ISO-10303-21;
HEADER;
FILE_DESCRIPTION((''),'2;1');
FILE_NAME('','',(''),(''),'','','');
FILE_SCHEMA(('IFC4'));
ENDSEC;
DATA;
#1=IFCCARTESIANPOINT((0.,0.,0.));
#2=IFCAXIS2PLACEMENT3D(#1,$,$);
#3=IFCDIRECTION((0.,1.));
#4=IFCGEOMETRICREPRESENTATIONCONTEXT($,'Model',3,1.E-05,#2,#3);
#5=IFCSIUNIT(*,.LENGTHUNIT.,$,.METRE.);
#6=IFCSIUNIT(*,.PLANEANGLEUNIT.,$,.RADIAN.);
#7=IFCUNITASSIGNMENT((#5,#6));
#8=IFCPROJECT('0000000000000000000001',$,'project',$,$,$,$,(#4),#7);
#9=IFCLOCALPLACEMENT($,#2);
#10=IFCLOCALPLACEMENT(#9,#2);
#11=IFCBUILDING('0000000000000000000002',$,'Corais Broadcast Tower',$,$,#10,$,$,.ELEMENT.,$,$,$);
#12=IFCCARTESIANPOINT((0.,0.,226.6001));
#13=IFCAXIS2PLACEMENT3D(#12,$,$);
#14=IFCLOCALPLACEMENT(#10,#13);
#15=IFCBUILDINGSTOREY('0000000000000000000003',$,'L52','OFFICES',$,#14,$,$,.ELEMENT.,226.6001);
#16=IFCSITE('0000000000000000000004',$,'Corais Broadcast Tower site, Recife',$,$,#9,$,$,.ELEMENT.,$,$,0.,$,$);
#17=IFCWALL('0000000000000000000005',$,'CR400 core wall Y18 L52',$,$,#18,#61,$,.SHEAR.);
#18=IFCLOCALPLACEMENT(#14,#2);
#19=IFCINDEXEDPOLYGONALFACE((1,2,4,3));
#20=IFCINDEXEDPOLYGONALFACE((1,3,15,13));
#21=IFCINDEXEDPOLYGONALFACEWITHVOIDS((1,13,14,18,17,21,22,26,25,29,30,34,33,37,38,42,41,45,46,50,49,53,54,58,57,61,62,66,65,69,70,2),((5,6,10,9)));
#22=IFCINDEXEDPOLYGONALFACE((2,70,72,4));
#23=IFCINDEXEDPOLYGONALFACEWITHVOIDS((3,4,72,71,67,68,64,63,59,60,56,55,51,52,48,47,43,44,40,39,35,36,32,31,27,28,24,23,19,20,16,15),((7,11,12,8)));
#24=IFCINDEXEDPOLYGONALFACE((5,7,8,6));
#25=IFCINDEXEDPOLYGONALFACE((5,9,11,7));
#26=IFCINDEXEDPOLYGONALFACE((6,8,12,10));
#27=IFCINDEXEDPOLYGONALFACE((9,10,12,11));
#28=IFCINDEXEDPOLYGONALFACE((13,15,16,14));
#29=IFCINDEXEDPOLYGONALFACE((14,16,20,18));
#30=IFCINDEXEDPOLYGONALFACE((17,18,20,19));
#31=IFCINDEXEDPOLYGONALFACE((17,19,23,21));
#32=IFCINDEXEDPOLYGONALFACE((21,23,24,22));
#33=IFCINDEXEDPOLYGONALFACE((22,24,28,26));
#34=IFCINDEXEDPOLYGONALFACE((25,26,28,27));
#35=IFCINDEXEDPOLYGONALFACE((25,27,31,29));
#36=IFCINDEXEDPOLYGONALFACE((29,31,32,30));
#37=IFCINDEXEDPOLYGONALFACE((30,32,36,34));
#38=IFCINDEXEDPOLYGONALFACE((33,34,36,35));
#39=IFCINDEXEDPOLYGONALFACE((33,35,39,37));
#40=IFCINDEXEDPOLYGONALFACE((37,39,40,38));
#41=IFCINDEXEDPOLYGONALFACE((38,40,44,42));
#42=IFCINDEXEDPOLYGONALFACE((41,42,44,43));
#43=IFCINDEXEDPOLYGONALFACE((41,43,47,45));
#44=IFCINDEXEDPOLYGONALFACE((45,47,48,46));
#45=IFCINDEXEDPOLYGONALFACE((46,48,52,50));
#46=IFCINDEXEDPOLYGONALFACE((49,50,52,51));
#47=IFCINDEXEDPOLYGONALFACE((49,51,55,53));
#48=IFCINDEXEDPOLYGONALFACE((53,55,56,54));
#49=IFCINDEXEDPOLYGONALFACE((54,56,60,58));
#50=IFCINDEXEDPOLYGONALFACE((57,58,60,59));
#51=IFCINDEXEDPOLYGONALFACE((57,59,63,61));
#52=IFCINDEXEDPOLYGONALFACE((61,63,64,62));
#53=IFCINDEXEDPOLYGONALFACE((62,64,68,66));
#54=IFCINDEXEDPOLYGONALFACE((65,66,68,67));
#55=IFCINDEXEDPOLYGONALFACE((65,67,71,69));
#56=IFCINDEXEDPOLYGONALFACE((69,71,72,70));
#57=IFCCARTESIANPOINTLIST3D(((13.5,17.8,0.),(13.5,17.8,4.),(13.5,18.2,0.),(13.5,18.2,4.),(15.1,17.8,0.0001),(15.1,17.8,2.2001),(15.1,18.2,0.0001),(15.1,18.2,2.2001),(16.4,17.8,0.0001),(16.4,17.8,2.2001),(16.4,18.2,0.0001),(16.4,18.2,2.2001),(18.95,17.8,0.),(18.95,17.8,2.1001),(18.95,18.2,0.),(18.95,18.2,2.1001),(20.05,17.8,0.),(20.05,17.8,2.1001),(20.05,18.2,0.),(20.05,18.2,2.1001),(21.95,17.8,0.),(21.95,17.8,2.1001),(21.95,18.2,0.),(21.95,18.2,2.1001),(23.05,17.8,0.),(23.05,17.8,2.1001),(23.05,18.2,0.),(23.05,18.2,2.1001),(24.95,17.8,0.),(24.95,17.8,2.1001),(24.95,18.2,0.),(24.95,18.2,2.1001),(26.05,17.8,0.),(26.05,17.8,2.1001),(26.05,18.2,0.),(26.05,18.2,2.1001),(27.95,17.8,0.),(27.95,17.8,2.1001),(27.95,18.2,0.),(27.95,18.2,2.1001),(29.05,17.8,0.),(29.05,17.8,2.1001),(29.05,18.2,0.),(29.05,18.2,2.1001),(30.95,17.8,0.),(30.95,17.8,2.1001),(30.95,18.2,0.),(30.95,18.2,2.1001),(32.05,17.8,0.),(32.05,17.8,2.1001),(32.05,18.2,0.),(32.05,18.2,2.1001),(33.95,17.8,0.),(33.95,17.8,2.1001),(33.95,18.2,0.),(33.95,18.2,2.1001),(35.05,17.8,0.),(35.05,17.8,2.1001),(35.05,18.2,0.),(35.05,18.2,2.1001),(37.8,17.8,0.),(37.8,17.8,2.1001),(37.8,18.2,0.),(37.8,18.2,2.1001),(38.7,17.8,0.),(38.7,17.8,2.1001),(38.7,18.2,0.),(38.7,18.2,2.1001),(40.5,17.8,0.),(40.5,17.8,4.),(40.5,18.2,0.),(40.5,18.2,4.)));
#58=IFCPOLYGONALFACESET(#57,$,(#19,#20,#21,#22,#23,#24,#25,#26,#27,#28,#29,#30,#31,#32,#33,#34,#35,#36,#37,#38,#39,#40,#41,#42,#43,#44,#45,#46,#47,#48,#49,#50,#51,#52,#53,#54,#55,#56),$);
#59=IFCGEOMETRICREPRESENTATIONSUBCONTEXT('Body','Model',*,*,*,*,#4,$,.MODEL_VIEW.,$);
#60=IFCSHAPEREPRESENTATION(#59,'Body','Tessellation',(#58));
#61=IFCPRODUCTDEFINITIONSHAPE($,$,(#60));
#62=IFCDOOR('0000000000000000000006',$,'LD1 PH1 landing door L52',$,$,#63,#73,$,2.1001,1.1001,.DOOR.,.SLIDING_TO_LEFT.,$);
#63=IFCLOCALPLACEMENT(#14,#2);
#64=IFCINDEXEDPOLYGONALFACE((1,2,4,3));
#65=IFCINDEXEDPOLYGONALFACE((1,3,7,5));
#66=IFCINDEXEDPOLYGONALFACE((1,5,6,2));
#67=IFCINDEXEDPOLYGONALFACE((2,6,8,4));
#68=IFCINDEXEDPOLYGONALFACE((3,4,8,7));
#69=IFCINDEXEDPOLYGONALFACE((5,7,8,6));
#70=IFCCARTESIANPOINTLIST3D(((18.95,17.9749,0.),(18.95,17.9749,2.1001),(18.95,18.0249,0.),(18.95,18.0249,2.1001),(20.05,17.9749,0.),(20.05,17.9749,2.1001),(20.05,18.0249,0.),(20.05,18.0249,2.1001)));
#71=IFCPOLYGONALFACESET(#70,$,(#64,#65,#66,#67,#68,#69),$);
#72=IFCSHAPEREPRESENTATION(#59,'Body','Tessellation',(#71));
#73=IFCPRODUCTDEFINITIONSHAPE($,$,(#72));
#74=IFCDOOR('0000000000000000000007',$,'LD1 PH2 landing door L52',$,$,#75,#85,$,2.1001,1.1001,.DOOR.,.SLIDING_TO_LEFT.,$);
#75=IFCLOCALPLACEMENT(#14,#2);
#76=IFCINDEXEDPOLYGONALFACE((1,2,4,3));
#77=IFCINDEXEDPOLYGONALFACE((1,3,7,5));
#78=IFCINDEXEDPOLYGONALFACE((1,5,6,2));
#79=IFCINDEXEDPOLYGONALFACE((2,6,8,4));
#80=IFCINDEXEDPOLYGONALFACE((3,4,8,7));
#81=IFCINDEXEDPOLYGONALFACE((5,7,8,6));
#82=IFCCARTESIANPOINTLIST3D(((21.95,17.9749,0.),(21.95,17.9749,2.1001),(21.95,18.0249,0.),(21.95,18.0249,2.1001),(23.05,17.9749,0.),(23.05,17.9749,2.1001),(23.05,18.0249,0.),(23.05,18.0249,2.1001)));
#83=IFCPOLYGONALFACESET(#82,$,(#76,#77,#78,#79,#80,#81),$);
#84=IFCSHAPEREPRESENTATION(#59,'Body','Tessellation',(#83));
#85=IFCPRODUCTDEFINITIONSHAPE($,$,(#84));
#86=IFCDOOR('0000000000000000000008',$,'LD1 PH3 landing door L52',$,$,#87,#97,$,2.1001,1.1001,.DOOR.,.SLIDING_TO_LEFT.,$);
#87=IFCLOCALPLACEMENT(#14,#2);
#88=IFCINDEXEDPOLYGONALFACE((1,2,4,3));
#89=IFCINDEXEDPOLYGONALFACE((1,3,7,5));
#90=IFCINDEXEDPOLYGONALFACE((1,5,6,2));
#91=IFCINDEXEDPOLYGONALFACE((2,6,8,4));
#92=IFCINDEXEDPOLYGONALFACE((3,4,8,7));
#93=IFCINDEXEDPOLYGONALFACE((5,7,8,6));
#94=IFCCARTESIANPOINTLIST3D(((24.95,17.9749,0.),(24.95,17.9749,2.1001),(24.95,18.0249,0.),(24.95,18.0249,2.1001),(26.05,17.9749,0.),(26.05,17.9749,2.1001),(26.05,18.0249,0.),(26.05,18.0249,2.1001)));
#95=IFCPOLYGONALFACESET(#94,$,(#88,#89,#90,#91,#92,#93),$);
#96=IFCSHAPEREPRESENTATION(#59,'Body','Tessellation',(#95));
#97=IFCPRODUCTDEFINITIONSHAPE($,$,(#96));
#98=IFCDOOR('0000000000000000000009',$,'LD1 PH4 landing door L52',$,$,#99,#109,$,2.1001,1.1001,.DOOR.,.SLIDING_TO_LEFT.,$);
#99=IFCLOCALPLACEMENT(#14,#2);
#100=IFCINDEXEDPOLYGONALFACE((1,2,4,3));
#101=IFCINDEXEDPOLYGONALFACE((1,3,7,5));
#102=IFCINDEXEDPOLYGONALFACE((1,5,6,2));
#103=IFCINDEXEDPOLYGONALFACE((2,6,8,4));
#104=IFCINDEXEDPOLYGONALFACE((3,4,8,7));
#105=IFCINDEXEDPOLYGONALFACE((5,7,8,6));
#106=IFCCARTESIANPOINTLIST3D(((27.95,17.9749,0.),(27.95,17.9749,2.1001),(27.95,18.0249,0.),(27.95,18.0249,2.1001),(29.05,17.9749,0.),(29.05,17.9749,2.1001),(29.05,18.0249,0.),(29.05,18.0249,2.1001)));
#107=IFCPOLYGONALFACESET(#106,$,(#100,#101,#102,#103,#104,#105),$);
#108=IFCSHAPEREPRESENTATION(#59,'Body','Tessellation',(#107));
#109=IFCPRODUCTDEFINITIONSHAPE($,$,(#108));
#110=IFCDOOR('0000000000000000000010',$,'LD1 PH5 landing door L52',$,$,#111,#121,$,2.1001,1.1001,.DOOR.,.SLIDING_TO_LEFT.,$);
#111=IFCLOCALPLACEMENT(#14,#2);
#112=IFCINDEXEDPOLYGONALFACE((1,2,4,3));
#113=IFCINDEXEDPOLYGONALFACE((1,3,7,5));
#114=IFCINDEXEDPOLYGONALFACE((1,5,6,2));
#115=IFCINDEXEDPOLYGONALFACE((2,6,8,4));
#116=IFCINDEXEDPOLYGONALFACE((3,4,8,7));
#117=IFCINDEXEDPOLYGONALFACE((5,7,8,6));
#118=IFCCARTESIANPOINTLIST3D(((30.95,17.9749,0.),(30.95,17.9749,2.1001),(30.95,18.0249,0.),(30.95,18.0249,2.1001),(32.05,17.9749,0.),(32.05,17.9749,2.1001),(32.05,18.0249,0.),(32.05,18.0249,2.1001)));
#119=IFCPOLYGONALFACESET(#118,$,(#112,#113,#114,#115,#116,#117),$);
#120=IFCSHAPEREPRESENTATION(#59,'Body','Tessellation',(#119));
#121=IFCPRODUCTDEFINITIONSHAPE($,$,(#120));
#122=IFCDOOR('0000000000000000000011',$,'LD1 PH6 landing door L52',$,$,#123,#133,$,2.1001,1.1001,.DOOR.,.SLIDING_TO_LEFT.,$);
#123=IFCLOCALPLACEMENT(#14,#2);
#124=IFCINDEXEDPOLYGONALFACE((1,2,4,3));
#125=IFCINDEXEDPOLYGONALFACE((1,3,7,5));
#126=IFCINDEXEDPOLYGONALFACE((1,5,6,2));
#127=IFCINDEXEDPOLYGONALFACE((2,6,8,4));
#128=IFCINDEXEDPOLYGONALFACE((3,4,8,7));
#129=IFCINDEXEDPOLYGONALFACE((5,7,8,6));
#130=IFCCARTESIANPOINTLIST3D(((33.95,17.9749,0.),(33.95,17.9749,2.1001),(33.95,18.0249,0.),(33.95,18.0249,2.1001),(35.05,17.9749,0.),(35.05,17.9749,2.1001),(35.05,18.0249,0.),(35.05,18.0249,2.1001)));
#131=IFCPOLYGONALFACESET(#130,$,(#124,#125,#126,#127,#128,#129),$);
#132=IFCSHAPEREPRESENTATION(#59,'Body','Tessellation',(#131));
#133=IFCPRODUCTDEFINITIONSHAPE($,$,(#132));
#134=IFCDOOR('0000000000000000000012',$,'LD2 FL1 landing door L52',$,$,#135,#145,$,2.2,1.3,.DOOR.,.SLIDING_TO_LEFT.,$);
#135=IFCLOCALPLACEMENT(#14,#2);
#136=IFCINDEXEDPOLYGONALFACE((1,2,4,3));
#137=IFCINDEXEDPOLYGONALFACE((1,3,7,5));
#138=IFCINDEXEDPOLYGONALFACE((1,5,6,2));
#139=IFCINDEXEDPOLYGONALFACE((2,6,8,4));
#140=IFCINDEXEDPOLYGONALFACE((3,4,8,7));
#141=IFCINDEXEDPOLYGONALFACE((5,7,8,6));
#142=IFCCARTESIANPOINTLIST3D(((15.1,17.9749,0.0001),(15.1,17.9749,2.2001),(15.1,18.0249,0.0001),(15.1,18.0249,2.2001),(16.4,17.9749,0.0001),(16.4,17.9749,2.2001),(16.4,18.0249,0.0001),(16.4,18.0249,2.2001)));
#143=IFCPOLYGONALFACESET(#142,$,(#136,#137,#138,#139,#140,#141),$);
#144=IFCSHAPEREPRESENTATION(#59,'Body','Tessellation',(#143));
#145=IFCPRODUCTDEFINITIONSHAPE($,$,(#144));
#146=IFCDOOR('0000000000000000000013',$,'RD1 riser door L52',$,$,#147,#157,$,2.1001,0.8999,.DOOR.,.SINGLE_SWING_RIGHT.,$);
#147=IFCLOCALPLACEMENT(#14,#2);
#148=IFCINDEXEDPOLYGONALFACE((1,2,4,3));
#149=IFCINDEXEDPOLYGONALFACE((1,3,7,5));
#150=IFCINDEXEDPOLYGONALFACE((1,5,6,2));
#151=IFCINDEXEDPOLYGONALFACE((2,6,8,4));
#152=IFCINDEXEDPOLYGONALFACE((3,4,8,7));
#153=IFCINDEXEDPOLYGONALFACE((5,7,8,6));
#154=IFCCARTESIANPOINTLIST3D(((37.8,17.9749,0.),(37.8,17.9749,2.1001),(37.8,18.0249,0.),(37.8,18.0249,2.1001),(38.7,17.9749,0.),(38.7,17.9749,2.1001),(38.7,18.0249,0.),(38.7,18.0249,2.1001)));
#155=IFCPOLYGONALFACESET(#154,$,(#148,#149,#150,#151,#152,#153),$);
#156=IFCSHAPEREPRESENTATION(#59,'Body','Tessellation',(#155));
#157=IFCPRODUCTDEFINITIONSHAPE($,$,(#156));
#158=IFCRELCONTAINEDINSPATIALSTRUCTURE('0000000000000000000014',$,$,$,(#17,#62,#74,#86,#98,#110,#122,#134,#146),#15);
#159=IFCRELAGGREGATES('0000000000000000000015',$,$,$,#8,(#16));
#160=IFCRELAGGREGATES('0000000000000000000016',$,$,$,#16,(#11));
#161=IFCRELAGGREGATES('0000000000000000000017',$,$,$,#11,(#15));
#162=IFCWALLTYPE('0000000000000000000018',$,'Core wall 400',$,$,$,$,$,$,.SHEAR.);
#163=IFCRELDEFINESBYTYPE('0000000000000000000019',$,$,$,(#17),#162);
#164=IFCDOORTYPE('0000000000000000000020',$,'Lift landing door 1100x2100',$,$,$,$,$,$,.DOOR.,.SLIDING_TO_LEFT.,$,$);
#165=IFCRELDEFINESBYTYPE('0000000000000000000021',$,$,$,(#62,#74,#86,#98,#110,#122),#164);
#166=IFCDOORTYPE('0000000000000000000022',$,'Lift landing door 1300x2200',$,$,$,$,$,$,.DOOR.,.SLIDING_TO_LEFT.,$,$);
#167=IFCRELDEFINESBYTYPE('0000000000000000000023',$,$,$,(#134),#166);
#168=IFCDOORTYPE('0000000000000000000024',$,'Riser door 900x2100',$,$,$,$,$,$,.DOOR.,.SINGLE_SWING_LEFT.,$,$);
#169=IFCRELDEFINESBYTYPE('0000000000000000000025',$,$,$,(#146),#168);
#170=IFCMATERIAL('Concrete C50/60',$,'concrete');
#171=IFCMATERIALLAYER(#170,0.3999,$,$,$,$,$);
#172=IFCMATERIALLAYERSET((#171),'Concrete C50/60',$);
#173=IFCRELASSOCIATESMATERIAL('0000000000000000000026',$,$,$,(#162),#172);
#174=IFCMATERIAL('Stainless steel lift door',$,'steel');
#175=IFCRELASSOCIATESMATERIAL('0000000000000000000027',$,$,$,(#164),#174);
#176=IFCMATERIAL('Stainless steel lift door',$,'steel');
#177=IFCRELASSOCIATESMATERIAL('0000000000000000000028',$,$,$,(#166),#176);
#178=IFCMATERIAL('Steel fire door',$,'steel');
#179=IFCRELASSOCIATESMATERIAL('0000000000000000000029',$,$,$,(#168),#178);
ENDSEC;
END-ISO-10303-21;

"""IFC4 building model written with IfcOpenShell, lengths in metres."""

from ifc_helpers import new_model, si_unit, direction, frame, frame_2d, origin, place, context, subcontext, project, spatial, rectangle, extrude, material, layer, layer_set, type_object, element, fill, save


model = new_model("IFC4")

# Units and contexts
model_context = context("Model", 3, precision=1e-05, world=origin(), true_north=direction((0.0, 1.0)))
body_context = subcontext(model_context, "Body", "Model", "MODEL_VIEW")
ifc_project = project(units=[si_unit("LENGTHUNIT", "METRE"), si_unit("PLANEANGLEUNIT", "RADIAN")], contexts=[model_context])

# Site, building, storey
site_placement = place(None, origin())
site = spatial("IfcSite", under=ifc_project, at=site_placement, Name="Corais Broadcast Tower site, Recife", CompositionType="ELEMENT", RefElevation=0.0)
building_placement = place(site_placement, origin())
building = spatial("IfcBuilding", under=site, at=building_placement, Name="Corais Broadcast Tower", CompositionType="ELEMENT")
storey_placement = place(building_placement, frame((0.0, 0.0, 226.6001)))
storey = spatial("IfcBuildingStorey", under=building, at=storey_placement, Name="L52", Description="OFFICES", CompositionType="ELEMENT", Elevation=226.6001)

# Wall, openings, doors
ifc_material_1 = material(Name="Concrete C50/60", Category="concrete")
ifc_layer_1 = layer(ifc_material_1, 0.3999)
ifc_layer_set_1 = layer_set([ifc_layer_1], Name="Concrete C50/60")
wall_type_1 = type_object("IfcWallType", Name="Core wall 400", PredefinedType="SHEAR", material=ifc_layer_set_1)
wall_1_placement = place(storey_placement, frame((13.5, 18.0, 0.0), z_axis=(0.0, 0.0, 1.0), x_axis=(1.0, 0.0, 0.0)))
wall_1 = element("IfcWall", 1, at=wall_1_placement, inside=storey, type_object=wall_type_1, Name="CR400 core wall Y18 L52", PredefinedType="SHEAR", context=body_context, shape_type="SweptSolid", body=[
    extrude(rectangle(XDim=27.0, YDim=0.3999, at=frame_2d((13.5, 0.0))), origin(), (0.0, 0.0, 1.0), 4.0),
])
opening_1_placement = place(wall_1_placement, frame((24.3, 0.0, 0.0)))
opening_1 = element("IfcOpeningElement", 2, at=opening_1_placement, cuts=wall_1, PredefinedType="OPENING", context=body_context, shape_type="SweptSolid", body=[
    extrude(rectangle(XDim=0.8999, YDim=2.1001, at=frame_2d((0.45, 1.05))), frame((0.0, 0.21, 0.0), z_axis=(0.0, -1.0, 0.0), x_axis=(1.0, 0.0, 0.0)), (0.0, 0.0, 1.0), 0.4199),
])
opening_2_placement = place(wall_1_placement, frame((5.45, 0.0, 0.0)))
opening_2 = element("IfcOpeningElement", 3, at=opening_2_placement, cuts=wall_1, PredefinedType="OPENING", context=body_context, shape_type="SweptSolid", body=[
    extrude(rectangle(XDim=1.1001, YDim=2.1001, at=frame_2d((0.55, 1.05))), frame((0.0, 0.21, 0.0), z_axis=(0.0, -1.0, 0.0), x_axis=(1.0, 0.0, 0.0)), (0.0, 0.0, 1.0), 0.4199),
])
opening_3_placement = place(wall_1_placement, frame((8.45, 0.0, 0.0)))
opening_3 = element("IfcOpeningElement", 4, at=opening_3_placement, cuts=wall_1, PredefinedType="OPENING", context=body_context, shape_type="SweptSolid", body=[
    extrude(rectangle(XDim=1.1001, YDim=2.1001, at=frame_2d((0.55, 1.05))), frame((0.0, 0.21, 0.0), z_axis=(0.0, -1.0, 0.0), x_axis=(1.0, 0.0, 0.0)), (0.0, 0.0, 1.0), 0.4199),
])
opening_4_placement = place(wall_1_placement, frame((11.45, 0.0, 0.0)))
opening_4 = element("IfcOpeningElement", 5, at=opening_4_placement, cuts=wall_1, PredefinedType="OPENING", context=body_context, shape_type="SweptSolid", body=[
    extrude(rectangle(XDim=1.1001, YDim=2.1001, at=frame_2d((0.55, 1.05))), frame((0.0, 0.21, 0.0), z_axis=(0.0, -1.0, 0.0), x_axis=(1.0, 0.0, 0.0)), (0.0, 0.0, 1.0), 0.4199),
])
opening_5_placement = place(wall_1_placement, frame((14.45, 0.0, 0.0)))
opening_5 = element("IfcOpeningElement", 6, at=opening_5_placement, cuts=wall_1, PredefinedType="OPENING", context=body_context, shape_type="SweptSolid", body=[
    extrude(rectangle(XDim=1.1001, YDim=2.1001, at=frame_2d((0.55, 1.05))), frame((0.0, 0.21, 0.0), z_axis=(0.0, -1.0, 0.0), x_axis=(1.0, 0.0, 0.0)), (0.0, 0.0, 1.0), 0.4199),
])
opening_6_placement = place(wall_1_placement, frame((17.45, 0.0, 0.0)))
opening_6 = element("IfcOpeningElement", 7, at=opening_6_placement, cuts=wall_1, PredefinedType="OPENING", context=body_context, shape_type="SweptSolid", body=[
    extrude(rectangle(XDim=1.1001, YDim=2.1001, at=frame_2d((0.55, 1.05))), frame((0.0, 0.21, 0.0), z_axis=(0.0, -1.0, 0.0), x_axis=(1.0, 0.0, 0.0)), (0.0, 0.0, 1.0), 0.4199),
])
opening_7_placement = place(wall_1_placement, frame((20.45, 0.0, 0.0)))
opening_7 = element("IfcOpeningElement", 8, at=opening_7_placement, cuts=wall_1, PredefinedType="OPENING", context=body_context, shape_type="SweptSolid", body=[
    extrude(rectangle(XDim=1.1001, YDim=2.1001, at=frame_2d((0.55, 1.05))), frame((0.0, 0.21, 0.0), z_axis=(0.0, -1.0, 0.0), x_axis=(1.0, 0.0, 0.0)), (0.0, 0.0, 1.0), 0.4199),
])
opening_8_placement = place(wall_1_placement, frame((1.6001, 0.0, 0.0)))
opening_8 = element("IfcOpeningElement", 9, at=opening_8_placement, cuts=wall_1, PredefinedType="OPENING", context=body_context, shape_type="SweptSolid", body=[
    extrude(rectangle(XDim=1.3, YDim=2.2, at=frame_2d((0.6499, 1.1001))), frame((0.0, 0.21, 0.0), z_axis=(0.0, -1.0, 0.0), x_axis=(1.0, 0.0, 0.0)), (0.0, 0.0, 1.0), 0.4199),
])
ifc_material_2 = material(Name="Stainless steel lift door", Category="steel")
door_type_1 = type_object("IfcDoorType", Name="Lift landing door 1100x2100", OperationType="SLIDING_TO_LEFT", PredefinedType="DOOR", material=ifc_material_2)
door_1_placement = place(opening_2_placement, origin())
door_1 = element("IfcDoor", 10, at=door_1_placement, inside=storey, type_object=door_type_1, Name="LD1 PH1 landing door L52", OperationType="SLIDING_TO_LEFT", OverallHeight=2.1001, OverallWidth=1.1001, PredefinedType="DOOR", context=body_context, shape_type="SweptSolid", body=[
    extrude(rectangle(XDim=1.1001, YDim=2.1001, at=frame_2d((0.55, 1.05))), frame((0.0, 0.0249, 0.0), z_axis=(0.0, -1.0, 0.0), x_axis=(1.0, 0.0, 0.0)), (0.0, 0.0, 1.0), 0.05),
])
fill(opening_2, door_1)
door_2_placement = place(opening_3_placement, origin())
door_2 = element("IfcDoor", 11, at=door_2_placement, inside=storey, type_object=door_type_1, Name="LD1 PH2 landing door L52", OperationType="SLIDING_TO_LEFT", OverallHeight=2.1001, OverallWidth=1.1001, PredefinedType="DOOR", context=body_context, shape_type="SweptSolid", body=[
    extrude(rectangle(XDim=1.1001, YDim=2.1001, at=frame_2d((0.55, 1.05))), frame((0.0, 0.0249, 0.0), z_axis=(0.0, -1.0, 0.0), x_axis=(1.0, 0.0, 0.0)), (0.0, 0.0, 1.0), 0.05),
])
fill(opening_3, door_2)
door_3_placement = place(opening_4_placement, origin())
door_3 = element("IfcDoor", 12, at=door_3_placement, inside=storey, type_object=door_type_1, Name="LD1 PH3 landing door L52", OperationType="SLIDING_TO_LEFT", OverallHeight=2.1001, OverallWidth=1.1001, PredefinedType="DOOR", context=body_context, shape_type="SweptSolid", body=[
    extrude(rectangle(XDim=1.1001, YDim=2.1001, at=frame_2d((0.55, 1.05))), frame((0.0, 0.0249, 0.0), z_axis=(0.0, -1.0, 0.0), x_axis=(1.0, 0.0, 0.0)), (0.0, 0.0, 1.0), 0.05),
])
fill(opening_4, door_3)
door_4_placement = place(opening_5_placement, origin())
door_4 = element("IfcDoor", 13, at=door_4_placement, inside=storey, type_object=door_type_1, Name="LD1 PH4 landing door L52", OperationType="SLIDING_TO_LEFT", OverallHeight=2.1001, OverallWidth=1.1001, PredefinedType="DOOR", context=body_context, shape_type="SweptSolid", body=[
    extrude(rectangle(XDim=1.1001, YDim=2.1001, at=frame_2d((0.55, 1.05))), frame((0.0, 0.0249, 0.0), z_axis=(0.0, -1.0, 0.0), x_axis=(1.0, 0.0, 0.0)), (0.0, 0.0, 1.0), 0.05),
])
fill(opening_5, door_4)
door_5_placement = place(opening_6_placement, origin())
door_5 = element("IfcDoor", 14, at=door_5_placement, inside=storey, type_object=door_type_1, Name="LD1 PH5 landing door L52", OperationType="SLIDING_TO_LEFT", OverallHeight=2.1001, OverallWidth=1.1001, PredefinedType="DOOR", context=body_context, shape_type="SweptSolid", body=[
    extrude(rectangle(XDim=1.1001, YDim=2.1001, at=frame_2d((0.55, 1.05))), frame((0.0, 0.0249, 0.0), z_axis=(0.0, -1.0, 0.0), x_axis=(1.0, 0.0, 0.0)), (0.0, 0.0, 1.0), 0.05),
])
fill(opening_6, door_5)
door_6_placement = place(opening_7_placement, origin())
door_6 = element("IfcDoor", 15, at=door_6_placement, inside=storey, type_object=door_type_1, Name="LD1 PH6 landing door L52", OperationType="SLIDING_TO_LEFT", OverallHeight=2.1001, OverallWidth=1.1001, PredefinedType="DOOR", context=body_context, shape_type="SweptSolid", body=[
    extrude(rectangle(XDim=1.1001, YDim=2.1001, at=frame_2d((0.55, 1.05))), frame((0.0, 0.0249, 0.0), z_axis=(0.0, -1.0, 0.0), x_axis=(1.0, 0.0, 0.0)), (0.0, 0.0, 1.0), 0.05),
])
fill(opening_7, door_6)
ifc_material_3 = material(Name="Stainless steel lift door", Category="steel")
door_type_2 = type_object("IfcDoorType", Name="Lift landing door 1300x2200", OperationType="SLIDING_TO_LEFT", PredefinedType="DOOR", material=ifc_material_3)
door_7_placement = place(opening_8_placement, origin())
door_7 = element("IfcDoor", 16, at=door_7_placement, inside=storey, type_object=door_type_2, Name="LD2 FL1 landing door L52", OperationType="SLIDING_TO_LEFT", OverallHeight=2.2, OverallWidth=1.3, PredefinedType="DOOR", context=body_context, shape_type="SweptSolid", body=[
    extrude(rectangle(XDim=1.3, YDim=2.2, at=frame_2d((0.6499, 1.1001))), frame((0.0, 0.0249, 0.0), z_axis=(0.0, -1.0, 0.0), x_axis=(1.0, 0.0, 0.0)), (0.0, 0.0, 1.0), 0.05),
])
fill(opening_8, door_7)
ifc_material_4 = material(Name="Steel fire door", Category="steel")
door_type_3 = type_object("IfcDoorType", Name="Riser door 900x2100", OperationType="SINGLE_SWING_LEFT", PredefinedType="DOOR", material=ifc_material_4)
door_8_placement = place(opening_1_placement, origin())
door_8 = element("IfcDoor", 17, at=door_8_placement, inside=storey, type_object=door_type_3, Name="RD1 riser door L52", OperationType="SINGLE_SWING_RIGHT", OverallHeight=2.1001, OverallWidth=0.8999, PredefinedType="DOOR", context=body_context, shape_type="SweptSolid", body=[
    extrude(rectangle(XDim=0.8999, YDim=2.1001, at=frame_2d((0.45, 1.05))), frame((0.0, 0.0249, 0.0), z_axis=(0.0, -1.0, 0.0), x_axis=(1.0, 0.0, 0.0)), (0.0, 0.0, 1.0), 0.05),
])
fill(opening_1, door_8)

save(model, "model.ifc")
